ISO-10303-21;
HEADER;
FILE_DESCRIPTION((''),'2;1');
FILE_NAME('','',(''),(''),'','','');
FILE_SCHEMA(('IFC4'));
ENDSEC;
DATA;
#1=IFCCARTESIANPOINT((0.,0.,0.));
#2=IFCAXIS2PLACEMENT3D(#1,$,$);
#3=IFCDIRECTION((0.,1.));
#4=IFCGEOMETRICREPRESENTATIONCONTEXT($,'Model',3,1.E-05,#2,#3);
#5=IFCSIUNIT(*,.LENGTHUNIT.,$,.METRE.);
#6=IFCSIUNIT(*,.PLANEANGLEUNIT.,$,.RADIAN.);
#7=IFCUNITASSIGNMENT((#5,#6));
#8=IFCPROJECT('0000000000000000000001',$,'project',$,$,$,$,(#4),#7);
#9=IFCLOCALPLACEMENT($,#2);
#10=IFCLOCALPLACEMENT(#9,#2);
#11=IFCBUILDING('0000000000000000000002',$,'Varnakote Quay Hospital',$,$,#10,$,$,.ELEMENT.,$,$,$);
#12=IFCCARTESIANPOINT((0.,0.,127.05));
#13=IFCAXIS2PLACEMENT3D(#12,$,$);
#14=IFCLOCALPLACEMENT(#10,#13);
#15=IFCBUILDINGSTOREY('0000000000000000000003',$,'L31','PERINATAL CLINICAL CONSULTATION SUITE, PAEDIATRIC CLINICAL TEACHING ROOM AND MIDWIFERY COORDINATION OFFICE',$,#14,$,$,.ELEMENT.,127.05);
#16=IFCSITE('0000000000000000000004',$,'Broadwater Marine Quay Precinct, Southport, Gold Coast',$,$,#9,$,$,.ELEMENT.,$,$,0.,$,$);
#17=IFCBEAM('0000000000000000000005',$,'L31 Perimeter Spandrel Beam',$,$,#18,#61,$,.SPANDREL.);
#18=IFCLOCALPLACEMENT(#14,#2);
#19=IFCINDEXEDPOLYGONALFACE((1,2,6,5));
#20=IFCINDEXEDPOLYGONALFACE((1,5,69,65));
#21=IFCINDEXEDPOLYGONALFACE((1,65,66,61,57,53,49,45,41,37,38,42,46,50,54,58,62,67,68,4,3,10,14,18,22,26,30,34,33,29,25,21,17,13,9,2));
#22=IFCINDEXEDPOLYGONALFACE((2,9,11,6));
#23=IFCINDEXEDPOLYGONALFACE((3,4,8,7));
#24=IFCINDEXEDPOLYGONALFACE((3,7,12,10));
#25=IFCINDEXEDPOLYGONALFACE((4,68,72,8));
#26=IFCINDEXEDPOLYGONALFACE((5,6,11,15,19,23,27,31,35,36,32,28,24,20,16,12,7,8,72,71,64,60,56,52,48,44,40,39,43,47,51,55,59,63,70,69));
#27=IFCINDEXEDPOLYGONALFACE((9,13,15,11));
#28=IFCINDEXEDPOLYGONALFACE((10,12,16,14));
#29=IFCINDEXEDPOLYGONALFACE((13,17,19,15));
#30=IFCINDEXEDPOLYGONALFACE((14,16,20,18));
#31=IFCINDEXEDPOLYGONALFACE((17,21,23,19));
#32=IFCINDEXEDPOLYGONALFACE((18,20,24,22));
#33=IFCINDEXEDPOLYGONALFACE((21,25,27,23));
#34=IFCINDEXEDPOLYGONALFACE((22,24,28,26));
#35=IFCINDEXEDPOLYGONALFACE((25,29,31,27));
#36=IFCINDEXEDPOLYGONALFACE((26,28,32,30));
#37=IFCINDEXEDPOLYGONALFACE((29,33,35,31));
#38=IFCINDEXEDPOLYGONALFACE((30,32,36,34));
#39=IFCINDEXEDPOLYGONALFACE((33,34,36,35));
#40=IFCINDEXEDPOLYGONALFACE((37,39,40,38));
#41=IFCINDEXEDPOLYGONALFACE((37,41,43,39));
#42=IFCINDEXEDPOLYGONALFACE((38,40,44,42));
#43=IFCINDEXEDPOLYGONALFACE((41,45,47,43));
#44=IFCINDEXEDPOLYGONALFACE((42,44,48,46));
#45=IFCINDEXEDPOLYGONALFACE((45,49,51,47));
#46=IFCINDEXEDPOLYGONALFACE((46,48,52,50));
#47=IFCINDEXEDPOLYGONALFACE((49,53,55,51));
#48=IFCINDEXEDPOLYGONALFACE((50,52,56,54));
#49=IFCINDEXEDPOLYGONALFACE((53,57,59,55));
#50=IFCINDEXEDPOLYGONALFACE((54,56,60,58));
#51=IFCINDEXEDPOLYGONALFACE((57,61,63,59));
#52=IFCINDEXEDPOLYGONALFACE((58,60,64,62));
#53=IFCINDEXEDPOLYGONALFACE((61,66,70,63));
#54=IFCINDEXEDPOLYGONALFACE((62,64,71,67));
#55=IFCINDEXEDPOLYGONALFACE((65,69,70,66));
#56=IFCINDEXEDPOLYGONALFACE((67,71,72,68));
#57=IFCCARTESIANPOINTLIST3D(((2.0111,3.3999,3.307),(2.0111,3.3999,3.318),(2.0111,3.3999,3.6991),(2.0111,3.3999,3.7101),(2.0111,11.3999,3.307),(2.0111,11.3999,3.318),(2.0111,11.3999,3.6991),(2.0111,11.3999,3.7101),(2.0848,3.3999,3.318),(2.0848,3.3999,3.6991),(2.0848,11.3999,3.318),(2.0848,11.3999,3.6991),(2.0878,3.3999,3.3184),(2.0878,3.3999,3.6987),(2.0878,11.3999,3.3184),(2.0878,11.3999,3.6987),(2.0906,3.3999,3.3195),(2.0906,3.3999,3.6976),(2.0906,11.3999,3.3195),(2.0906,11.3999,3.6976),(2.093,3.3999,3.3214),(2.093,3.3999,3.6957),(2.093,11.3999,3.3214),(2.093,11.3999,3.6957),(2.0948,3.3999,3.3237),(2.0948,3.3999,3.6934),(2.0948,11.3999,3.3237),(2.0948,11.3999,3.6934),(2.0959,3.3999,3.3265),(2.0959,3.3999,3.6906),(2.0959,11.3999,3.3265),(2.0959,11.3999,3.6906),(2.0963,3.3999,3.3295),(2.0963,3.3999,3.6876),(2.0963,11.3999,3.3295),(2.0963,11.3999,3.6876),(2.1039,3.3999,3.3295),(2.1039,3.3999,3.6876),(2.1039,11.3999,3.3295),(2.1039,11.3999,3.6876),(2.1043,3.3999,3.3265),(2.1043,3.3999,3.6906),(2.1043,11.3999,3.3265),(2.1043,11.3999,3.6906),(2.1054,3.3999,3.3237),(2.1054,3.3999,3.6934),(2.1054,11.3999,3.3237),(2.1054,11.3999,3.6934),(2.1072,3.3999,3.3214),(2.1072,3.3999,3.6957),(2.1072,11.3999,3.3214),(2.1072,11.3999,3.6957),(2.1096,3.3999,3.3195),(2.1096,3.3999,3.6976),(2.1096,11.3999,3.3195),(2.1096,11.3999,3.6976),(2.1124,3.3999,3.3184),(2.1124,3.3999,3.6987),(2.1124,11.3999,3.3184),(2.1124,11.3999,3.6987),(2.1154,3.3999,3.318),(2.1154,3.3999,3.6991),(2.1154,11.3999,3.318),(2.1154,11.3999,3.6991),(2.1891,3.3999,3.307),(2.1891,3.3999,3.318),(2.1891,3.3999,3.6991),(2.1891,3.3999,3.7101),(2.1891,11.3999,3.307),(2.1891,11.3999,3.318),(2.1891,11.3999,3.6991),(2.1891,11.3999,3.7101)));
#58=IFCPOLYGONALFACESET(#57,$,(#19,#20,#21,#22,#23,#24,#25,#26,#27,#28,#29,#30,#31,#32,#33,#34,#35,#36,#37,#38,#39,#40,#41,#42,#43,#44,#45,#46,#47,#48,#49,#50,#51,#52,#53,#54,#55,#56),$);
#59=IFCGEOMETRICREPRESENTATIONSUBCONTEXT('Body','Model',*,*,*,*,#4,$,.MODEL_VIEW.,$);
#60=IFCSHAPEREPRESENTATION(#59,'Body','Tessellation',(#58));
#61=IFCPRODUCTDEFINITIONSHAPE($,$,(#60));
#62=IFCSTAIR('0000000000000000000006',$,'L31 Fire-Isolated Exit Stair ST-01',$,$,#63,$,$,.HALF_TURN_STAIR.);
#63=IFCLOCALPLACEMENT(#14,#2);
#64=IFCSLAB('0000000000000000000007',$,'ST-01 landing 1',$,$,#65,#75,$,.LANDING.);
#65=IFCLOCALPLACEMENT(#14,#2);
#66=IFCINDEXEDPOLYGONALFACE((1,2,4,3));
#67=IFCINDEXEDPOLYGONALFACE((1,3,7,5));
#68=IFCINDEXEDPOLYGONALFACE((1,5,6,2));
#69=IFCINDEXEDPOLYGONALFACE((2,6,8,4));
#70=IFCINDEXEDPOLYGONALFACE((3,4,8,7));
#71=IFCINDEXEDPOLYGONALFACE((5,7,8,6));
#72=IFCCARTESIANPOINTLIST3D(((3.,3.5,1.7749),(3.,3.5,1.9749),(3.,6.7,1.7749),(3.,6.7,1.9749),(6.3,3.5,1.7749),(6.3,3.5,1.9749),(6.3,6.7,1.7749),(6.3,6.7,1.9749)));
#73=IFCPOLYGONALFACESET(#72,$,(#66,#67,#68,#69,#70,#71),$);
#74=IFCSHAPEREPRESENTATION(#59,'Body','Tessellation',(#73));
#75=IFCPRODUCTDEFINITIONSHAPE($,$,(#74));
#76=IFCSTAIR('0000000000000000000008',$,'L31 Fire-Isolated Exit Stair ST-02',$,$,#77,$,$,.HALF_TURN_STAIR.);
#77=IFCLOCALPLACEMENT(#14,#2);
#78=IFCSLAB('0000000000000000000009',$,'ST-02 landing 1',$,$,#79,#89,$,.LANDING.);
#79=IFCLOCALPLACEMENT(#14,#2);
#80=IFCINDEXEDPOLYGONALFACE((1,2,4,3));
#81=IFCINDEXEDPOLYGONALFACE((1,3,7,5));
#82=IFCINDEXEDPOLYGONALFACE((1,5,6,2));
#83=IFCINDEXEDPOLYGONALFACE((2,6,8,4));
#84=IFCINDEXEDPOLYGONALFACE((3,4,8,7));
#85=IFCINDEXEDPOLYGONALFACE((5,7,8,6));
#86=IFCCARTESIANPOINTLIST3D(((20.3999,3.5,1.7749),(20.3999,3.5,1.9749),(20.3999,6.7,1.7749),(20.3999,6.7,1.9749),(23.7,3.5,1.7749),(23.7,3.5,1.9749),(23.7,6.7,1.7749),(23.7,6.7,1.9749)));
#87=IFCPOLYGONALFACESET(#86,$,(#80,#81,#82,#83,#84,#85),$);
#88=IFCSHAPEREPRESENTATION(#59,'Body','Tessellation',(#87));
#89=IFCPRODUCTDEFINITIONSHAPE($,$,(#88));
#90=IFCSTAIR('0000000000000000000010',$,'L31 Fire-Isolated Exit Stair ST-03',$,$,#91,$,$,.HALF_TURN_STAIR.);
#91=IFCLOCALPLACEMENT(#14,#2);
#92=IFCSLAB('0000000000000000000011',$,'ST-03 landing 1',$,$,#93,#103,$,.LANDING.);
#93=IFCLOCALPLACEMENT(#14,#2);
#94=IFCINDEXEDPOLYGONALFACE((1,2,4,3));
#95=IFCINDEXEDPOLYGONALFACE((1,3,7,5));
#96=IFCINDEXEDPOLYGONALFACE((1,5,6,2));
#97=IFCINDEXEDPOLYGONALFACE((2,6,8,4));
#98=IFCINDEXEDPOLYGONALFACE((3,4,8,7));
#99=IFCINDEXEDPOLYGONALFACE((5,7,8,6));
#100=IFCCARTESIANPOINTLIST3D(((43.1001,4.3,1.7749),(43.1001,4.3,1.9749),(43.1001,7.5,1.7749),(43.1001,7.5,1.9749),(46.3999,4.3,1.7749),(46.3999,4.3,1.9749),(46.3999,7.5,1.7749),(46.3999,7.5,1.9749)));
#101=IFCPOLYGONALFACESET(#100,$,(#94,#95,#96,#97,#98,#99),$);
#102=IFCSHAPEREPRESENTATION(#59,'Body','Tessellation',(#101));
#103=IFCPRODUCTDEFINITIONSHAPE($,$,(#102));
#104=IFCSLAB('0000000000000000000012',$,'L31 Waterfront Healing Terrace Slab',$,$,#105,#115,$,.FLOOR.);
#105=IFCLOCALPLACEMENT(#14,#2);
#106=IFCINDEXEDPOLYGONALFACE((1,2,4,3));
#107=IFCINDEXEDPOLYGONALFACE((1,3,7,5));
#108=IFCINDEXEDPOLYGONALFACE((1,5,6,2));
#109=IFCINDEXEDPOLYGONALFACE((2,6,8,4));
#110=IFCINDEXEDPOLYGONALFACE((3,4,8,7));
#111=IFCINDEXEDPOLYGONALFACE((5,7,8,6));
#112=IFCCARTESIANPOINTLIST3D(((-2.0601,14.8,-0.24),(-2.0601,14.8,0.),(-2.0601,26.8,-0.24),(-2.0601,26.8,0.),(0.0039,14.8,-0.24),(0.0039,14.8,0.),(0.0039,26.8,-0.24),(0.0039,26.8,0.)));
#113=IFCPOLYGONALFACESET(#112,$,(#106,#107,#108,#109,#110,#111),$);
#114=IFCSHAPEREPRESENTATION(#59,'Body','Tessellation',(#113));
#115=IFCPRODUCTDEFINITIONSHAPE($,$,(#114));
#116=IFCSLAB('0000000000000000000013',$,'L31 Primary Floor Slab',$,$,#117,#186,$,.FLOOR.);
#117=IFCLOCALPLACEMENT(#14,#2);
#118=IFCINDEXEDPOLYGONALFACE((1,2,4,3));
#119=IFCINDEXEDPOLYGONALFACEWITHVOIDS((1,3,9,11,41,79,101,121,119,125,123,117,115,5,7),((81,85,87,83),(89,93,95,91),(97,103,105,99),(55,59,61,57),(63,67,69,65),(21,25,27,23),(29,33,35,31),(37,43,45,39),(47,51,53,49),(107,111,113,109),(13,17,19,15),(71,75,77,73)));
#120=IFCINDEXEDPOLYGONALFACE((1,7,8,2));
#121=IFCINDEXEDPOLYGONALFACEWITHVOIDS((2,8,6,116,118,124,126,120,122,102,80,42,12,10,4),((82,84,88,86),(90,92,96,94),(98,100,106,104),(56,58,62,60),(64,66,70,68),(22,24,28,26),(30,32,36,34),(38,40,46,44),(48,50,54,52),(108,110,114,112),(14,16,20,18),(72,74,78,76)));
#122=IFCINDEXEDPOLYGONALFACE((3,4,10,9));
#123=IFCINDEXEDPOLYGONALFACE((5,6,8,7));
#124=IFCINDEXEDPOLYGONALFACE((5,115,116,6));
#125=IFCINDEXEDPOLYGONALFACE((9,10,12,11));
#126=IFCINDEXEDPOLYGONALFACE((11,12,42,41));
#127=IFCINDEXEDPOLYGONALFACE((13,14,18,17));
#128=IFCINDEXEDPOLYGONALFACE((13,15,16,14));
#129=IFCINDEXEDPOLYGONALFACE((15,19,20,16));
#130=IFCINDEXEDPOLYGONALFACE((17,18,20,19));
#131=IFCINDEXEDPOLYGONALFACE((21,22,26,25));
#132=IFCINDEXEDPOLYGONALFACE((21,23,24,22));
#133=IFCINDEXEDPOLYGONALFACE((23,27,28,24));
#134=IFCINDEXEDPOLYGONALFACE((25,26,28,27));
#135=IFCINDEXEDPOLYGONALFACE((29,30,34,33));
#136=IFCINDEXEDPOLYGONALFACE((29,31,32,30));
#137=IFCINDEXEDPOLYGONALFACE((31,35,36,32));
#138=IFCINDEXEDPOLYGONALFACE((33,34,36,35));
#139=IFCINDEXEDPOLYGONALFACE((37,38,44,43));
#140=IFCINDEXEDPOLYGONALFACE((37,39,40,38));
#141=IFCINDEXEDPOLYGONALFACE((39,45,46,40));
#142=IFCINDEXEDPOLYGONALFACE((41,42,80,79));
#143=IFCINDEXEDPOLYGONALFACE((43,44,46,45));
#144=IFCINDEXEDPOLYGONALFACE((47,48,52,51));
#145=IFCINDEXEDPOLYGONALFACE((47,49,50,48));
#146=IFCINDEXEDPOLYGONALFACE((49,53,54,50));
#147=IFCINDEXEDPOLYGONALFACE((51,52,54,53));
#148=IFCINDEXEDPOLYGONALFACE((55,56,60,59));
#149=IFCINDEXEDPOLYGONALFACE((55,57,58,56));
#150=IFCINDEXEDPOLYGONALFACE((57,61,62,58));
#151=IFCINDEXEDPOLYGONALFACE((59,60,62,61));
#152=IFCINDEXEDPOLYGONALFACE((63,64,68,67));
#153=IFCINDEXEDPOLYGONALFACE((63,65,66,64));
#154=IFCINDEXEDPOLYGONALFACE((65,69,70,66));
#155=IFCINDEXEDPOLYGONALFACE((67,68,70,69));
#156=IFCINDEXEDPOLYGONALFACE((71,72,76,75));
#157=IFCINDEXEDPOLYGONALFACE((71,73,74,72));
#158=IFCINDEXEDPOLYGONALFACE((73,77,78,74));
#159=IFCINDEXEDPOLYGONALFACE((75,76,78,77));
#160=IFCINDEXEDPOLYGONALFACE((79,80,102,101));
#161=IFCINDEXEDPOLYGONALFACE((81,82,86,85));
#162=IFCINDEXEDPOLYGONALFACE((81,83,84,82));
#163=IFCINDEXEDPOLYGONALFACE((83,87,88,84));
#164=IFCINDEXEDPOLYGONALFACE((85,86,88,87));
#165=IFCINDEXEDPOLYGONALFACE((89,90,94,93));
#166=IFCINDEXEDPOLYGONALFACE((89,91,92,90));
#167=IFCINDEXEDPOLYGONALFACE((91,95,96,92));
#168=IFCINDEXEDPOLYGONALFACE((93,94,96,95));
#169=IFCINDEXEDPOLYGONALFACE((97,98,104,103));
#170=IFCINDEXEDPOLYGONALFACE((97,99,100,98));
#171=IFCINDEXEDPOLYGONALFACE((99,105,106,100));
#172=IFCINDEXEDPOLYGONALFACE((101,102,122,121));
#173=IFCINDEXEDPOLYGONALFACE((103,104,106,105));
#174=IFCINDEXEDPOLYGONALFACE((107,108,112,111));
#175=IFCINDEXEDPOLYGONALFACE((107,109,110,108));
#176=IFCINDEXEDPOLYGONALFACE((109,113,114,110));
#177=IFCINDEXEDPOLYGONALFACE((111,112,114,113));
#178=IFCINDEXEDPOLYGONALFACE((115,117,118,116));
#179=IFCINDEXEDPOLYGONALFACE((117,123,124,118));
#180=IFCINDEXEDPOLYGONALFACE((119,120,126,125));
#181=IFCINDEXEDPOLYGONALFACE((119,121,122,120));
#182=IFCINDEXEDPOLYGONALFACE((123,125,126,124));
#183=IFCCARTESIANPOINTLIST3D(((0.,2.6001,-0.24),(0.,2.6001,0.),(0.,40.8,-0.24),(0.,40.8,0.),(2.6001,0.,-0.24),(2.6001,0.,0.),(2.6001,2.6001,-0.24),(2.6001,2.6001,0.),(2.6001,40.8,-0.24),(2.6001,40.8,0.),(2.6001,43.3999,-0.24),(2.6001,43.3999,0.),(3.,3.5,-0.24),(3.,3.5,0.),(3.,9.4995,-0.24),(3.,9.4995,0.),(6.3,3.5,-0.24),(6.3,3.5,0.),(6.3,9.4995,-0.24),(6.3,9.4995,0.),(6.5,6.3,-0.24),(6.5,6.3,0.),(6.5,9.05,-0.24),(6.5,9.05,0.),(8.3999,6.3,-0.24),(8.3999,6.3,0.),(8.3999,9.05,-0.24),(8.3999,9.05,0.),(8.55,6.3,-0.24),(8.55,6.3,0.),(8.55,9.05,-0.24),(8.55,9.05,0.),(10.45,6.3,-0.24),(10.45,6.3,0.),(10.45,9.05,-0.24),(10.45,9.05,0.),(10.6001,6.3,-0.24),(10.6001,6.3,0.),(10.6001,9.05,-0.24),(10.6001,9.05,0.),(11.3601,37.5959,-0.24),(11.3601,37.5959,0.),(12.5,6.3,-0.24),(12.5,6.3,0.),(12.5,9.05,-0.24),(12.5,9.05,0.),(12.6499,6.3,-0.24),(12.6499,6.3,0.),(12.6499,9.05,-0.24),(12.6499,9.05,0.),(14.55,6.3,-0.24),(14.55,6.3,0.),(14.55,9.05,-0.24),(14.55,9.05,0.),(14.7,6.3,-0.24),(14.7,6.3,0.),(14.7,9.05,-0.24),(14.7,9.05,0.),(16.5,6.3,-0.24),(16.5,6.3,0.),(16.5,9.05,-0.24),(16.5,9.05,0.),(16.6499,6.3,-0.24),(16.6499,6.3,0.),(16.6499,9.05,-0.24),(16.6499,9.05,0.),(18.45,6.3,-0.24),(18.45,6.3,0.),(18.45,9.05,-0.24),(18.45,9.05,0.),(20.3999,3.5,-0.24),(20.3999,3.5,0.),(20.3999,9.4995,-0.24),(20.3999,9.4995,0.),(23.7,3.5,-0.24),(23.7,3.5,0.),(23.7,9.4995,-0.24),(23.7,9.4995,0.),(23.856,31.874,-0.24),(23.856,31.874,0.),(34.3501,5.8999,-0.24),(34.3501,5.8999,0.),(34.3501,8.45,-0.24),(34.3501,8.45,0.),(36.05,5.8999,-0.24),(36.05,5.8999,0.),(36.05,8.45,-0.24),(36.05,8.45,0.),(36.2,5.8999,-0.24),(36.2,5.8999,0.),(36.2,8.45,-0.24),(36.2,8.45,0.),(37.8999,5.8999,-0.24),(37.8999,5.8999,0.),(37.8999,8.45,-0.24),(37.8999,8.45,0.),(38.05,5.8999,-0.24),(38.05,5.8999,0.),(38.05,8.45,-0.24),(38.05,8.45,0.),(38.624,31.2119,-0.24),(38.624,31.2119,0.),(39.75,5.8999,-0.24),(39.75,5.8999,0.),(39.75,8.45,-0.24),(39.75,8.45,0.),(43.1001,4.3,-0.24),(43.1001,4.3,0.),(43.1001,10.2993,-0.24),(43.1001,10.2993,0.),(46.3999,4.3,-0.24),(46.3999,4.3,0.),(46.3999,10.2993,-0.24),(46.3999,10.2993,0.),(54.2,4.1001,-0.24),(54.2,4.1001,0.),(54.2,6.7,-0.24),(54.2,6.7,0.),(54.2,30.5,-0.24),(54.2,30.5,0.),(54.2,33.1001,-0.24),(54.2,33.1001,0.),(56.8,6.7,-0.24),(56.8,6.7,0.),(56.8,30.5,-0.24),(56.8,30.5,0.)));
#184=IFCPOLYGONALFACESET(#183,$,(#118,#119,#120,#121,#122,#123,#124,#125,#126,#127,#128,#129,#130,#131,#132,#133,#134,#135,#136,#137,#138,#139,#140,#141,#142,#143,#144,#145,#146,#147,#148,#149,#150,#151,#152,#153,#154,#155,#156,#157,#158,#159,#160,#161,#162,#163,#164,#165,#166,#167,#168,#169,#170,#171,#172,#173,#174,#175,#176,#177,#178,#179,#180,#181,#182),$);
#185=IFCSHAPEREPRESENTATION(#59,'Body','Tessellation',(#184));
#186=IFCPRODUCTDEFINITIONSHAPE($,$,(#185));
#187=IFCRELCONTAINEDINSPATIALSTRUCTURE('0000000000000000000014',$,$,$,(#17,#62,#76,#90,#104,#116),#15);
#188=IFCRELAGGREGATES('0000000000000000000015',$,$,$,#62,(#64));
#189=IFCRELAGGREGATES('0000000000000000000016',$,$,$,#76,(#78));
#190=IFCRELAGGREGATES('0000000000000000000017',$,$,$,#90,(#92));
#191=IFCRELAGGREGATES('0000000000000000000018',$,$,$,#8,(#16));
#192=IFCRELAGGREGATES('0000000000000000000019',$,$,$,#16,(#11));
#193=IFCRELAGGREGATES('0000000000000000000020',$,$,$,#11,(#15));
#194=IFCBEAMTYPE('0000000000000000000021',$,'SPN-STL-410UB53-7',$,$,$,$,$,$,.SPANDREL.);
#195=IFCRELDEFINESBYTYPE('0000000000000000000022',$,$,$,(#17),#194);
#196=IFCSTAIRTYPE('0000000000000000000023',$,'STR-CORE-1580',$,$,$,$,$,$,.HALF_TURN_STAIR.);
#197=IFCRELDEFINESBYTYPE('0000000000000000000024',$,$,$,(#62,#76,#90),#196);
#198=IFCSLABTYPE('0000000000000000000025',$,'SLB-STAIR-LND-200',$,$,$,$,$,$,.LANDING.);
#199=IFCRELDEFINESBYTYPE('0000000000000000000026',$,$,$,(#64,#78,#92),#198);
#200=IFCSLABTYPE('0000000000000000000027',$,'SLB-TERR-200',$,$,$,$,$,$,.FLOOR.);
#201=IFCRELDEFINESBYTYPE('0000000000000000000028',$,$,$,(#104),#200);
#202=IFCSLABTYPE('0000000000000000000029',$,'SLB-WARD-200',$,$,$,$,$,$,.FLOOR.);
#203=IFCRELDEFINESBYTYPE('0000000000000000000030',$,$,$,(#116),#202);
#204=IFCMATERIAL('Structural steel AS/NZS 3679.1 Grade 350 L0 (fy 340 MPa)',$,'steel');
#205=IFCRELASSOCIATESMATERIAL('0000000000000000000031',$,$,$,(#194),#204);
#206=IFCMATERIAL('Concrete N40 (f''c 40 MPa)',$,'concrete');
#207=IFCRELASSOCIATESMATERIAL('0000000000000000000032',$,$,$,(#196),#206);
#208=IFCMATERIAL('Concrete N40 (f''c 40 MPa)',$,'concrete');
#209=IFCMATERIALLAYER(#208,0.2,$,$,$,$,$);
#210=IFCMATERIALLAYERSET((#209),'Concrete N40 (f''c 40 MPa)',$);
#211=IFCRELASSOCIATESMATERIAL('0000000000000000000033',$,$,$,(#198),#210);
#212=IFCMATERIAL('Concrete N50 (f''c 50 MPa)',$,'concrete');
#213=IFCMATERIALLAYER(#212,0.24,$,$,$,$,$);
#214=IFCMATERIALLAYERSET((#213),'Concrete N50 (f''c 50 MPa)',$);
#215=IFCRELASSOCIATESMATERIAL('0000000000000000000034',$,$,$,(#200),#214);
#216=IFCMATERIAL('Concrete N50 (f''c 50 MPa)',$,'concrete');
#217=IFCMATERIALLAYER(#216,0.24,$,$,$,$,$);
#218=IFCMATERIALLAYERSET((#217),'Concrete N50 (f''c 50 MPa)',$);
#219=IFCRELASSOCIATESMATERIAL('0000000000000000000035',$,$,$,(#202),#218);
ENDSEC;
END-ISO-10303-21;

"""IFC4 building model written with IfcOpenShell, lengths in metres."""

from ifc_helpers import new_model, si_unit, direction, frame, origin, origin_2d, place, context, subcontext, project, spatial, polyline, i_section, outline, extrude, material, layer, layer_set, material_profile, profile_set, type_object, element, aggregate, save


model = new_model("IFC4")

# Units and contexts
model_context = context("Model", 3, precision=1e-05, world=origin(), true_north=direction((0.0, 1.0)))
body_context = subcontext(model_context, "Body", "Model", "MODEL_VIEW")
ifc_project = project(units=[si_unit("LENGTHUNIT", "METRE"), si_unit("PLANEANGLEUNIT", "RADIAN")], contexts=[model_context])

# Site, building, storey
site_placement = place(None, origin())
site = spatial("IfcSite", under=ifc_project, at=site_placement, Name="Broadwater Marine Quay Precinct, Southport, Gold Coast", CompositionType="ELEMENT", RefElevation=0.0)
building_placement = place(site_placement, origin())
building = spatial("IfcBuilding", under=site, at=building_placement, Name="Varnakote Quay Hospital", CompositionType="ELEMENT")
storey_placement = place(building_placement, frame((0.0, 0.0, 127.05)))
storey = spatial("IfcBuildingStorey", under=building, at=storey_placement, Name="L31", Description="PERINATAL CLINICAL CONSULTATION SUITE, PAEDIATRIC CLINICAL TEACHING ROOM AND MIDWIFERY COORDINATION OFFICE", CompositionType="ELEMENT", Elevation=127.05)

# Beam
ifc_material_1 = material(Name="Structural steel AS/NZS 3679.1 Grade 350 L0 (fy 340 MPa)", Category="steel")
ifc_material_profile_1 = material_profile(ifc_material_1, i_section(OverallWidth=0.178, OverallDepth=0.4031, WebThickness=0.0076, FlangeThickness=0.011, FilletRadius=0.0115, at=origin_2d()), Name="410UB53.7")
ifc_profile_set_1 = profile_set([ifc_material_profile_1], Name="Structural steel AS/NZS 3679.1 Grade 350 L0 (fy 340 MPa)")
beam_type_1 = type_object("IfcBeamType", Name="SPN-STL-410UB53-7", PredefinedType="SPANDREL", material=ifc_profile_set_1)
beam_1_placement = place(storey_placement, frame((2.1001, 3.3999, 3.5085), z_axis=(0.0, 1.0, 0.0), x_axis=(-1.0, 0.0, 0.0)))
element("IfcBeam", 1, at=beam_1_placement, inside=storey, type_object=beam_type_1, Name="L31 Perimeter Spandrel Beam", PredefinedType="SPANDREL", context=body_context, shape_type="SweptSolid", body=[
    extrude(i_section(OverallWidth=0.178, OverallDepth=0.4031, WebThickness=0.0076, FlangeThickness=0.011, FilletRadius=0.0115, at=origin_2d()), origin(), (0.0, 0.0, 1.0), 8.0),
])

# Stairs, slabs
ifc_material_2 = material(Name="Concrete N40 (f'c 40 MPa)", Category="concrete")
stair_type = type_object("IfcStairType", Name="STR-CORE-1580", PredefinedType="HALF_TURN_STAIR", material=ifc_material_2)
stair_1_placement = place(storey_placement, origin())
stair_1 = element("IfcStair", 2, at=stair_1_placement, inside=storey, type_object=stair_type, Name="L31 Fire-Isolated Exit Stair ST-01", PredefinedType="HALF_TURN_STAIR")
ifc_material_3 = material(Name="Concrete N40 (f'c 40 MPa)", Category="concrete")
ifc_layer_1 = layer(ifc_material_3, 0.2)
ifc_layer_set_1 = layer_set([ifc_layer_1], Name="Concrete N40 (f'c 40 MPa)")
slab_type_1 = type_object("IfcSlabType", Name="SLB-STAIR-LND-200", PredefinedType="LANDING", material=ifc_layer_set_1)
slab_1_placement = place(storey_placement, frame((0.0, 0.0, 1.7749)))
slab_1 = element("IfcSlab", 3, at=slab_1_placement, type_object=slab_type_1, Name="ST-01 landing 1", PredefinedType="LANDING", context=body_context, shape_type="SweptSolid", body=[
    extrude(outline(polyline([(3.0, 6.7), (3.0, 3.5), (6.3, 3.5), (6.3, 6.7), (3.0, 6.7)])), origin(), (0.0, 0.0, 1.0), 0.2),
])
aggregate(stair_1, [slab_1])
stair_2_placement = place(storey_placement, origin())
stair_2 = element("IfcStair", 4, at=stair_2_placement, inside=storey, type_object=stair_type, Name="L31 Fire-Isolated Exit Stair ST-02", PredefinedType="HALF_TURN_STAIR")
slab_2_placement = place(storey_placement, frame((0.0, 0.0, 1.7749)))
slab_2 = element("IfcSlab", 5, at=slab_2_placement, type_object=slab_type_1, Name="ST-02 landing 1", PredefinedType="LANDING", context=body_context, shape_type="SweptSolid", body=[
    extrude(outline(polyline([(20.3999, 6.7), (20.3999, 3.5), (23.7, 3.5), (23.7, 6.7), (20.3999, 6.7)])), origin(), (0.0, 0.0, 1.0), 0.2),
])
aggregate(stair_2, [slab_2])
stair_3_placement = place(storey_placement, origin())
stair_3 = element("IfcStair", 6, at=stair_3_placement, inside=storey, type_object=stair_type, Name="L31 Fire-Isolated Exit Stair ST-03", PredefinedType="HALF_TURN_STAIR")
slab_3_placement = place(storey_placement, frame((0.0, 0.0, 1.7749)))
slab_3 = element("IfcSlab", 7, at=slab_3_placement, type_object=slab_type_1, Name="ST-03 landing 1", PredefinedType="LANDING", context=body_context, shape_type="SweptSolid", body=[
    extrude(outline(polyline([(43.1001, 7.5), (43.1001, 4.3), (46.3999, 4.3), (46.3999, 7.5), (43.1001, 7.5)])), origin(), (0.0, 0.0, 1.0), 0.2),
])
aggregate(stair_3, [slab_3])

# Slabs
ifc_material_4 = material(Name="Concrete N50 (f'c 50 MPa)", Category="concrete")
ifc_layer_2 = layer(ifc_material_4, 0.24)
ifc_layer_set_2 = layer_set([ifc_layer_2], Name="Concrete N50 (f'c 50 MPa)")
slab_type_2 = type_object("IfcSlabType", Name="SLB-TERR-200", PredefinedType="FLOOR", material=ifc_layer_set_2)
slab_4_placement = place(storey_placement, frame((0.0, 0.0, -0.24)))
element("IfcSlab", 8, at=slab_4_placement, inside=storey, type_object=slab_type_2, Name="L31 Waterfront Healing Terrace Slab", PredefinedType="FLOOR", context=body_context, shape_type="SweptSolid", body=[
    extrude(outline(polyline([(0.0039, 14.8), (0.0039, 26.8), (-2.0601, 26.8), (-2.0601, 14.8), (0.0039, 14.8)])), origin(), (0.0, 0.0, 1.0), 0.24),
])
ifc_material_5 = material(Name="Concrete N50 (f'c 50 MPa)", Category="concrete")
ifc_layer_3 = layer(ifc_material_5, 0.24)
ifc_layer_set_3 = layer_set([ifc_layer_3], Name="Concrete N50 (f'c 50 MPa)")
slab_type_3 = type_object("IfcSlabType", Name="SLB-WARD-200", PredefinedType="FLOOR", material=ifc_layer_set_3)
slab_5_placement = place(storey_placement, frame((0.0, 0.0, -0.24)))
element("IfcSlab", 9, at=slab_5_placement, inside=storey, type_object=slab_type_3, Name="L31 Primary Floor Slab", PredefinedType="FLOOR", context=body_context, shape_type="SweptSolid", body=[
    extrude(outline(polyline([(0.0, 2.6001), (2.6001, 2.6001), (2.6001, 0.0), (54.2, 4.1001), (54.2, 6.7), (56.8, 6.7), (56.8, 30.5), (54.2, 30.5), (54.2, 33.1001), (38.624, 31.2119), (23.856, 31.874), (11.3601, 37.5959), (2.6001, 43.3999), (2.6001, 40.8), (0.0, 40.8), (0.0, 2.6001)]), holes=[polyline([(3.0, 3.5), (6.3, 3.5), (6.3, 9.4995), (3.0, 9.4995), (3.0, 3.5)]), polyline([(20.3999, 3.5), (23.7, 3.5), (23.7, 9.4995), (20.3999, 9.4995), (20.3999, 3.5)]), polyline([(43.1001, 4.3), (46.3999, 4.3), (46.3999, 10.2993), (43.1001, 10.2993), (43.1001, 4.3)]), polyline([(6.5, 6.3), (8.3999, 6.3), (8.3999, 9.05), (6.5, 9.05), (6.5, 6.3)]), polyline([(8.55, 6.3), (10.45, 6.3), (10.45, 9.05), (8.55, 9.05), (8.55, 6.3)]), polyline([(10.6001, 6.3), (12.5, 6.3), (12.5, 9.05), (10.6001, 9.05), (10.6001, 6.3)]), polyline([(12.6499, 6.3), (14.55, 6.3), (14.55, 9.05), (12.6499, 9.05), (12.6499, 6.3)]), polyline([(14.7, 6.3), (16.5, 6.3), (16.5, 9.05), (14.7, 9.05), (14.7, 6.3)]), polyline([(16.6499, 6.3), (18.45, 6.3), (18.45, 9.05), (16.6499, 9.05), (16.6499, 6.3)]), polyline([(34.3501, 5.8999), (36.05, 5.8999), (36.05, 8.45), (34.3501, 8.45), (34.3501, 5.8999)]), polyline([(36.2, 5.8999), (37.8999, 5.8999), (37.8999, 8.45), (36.2, 8.45), (36.2, 5.8999)]), polyline([(38.05, 5.8999), (39.75, 5.8999), (39.75, 8.45), (38.05, 8.45), (38.05, 5.8999)])]), origin(), (0.0, 0.0, 1.0), 0.24),
])

save(model, "model.ifc")
